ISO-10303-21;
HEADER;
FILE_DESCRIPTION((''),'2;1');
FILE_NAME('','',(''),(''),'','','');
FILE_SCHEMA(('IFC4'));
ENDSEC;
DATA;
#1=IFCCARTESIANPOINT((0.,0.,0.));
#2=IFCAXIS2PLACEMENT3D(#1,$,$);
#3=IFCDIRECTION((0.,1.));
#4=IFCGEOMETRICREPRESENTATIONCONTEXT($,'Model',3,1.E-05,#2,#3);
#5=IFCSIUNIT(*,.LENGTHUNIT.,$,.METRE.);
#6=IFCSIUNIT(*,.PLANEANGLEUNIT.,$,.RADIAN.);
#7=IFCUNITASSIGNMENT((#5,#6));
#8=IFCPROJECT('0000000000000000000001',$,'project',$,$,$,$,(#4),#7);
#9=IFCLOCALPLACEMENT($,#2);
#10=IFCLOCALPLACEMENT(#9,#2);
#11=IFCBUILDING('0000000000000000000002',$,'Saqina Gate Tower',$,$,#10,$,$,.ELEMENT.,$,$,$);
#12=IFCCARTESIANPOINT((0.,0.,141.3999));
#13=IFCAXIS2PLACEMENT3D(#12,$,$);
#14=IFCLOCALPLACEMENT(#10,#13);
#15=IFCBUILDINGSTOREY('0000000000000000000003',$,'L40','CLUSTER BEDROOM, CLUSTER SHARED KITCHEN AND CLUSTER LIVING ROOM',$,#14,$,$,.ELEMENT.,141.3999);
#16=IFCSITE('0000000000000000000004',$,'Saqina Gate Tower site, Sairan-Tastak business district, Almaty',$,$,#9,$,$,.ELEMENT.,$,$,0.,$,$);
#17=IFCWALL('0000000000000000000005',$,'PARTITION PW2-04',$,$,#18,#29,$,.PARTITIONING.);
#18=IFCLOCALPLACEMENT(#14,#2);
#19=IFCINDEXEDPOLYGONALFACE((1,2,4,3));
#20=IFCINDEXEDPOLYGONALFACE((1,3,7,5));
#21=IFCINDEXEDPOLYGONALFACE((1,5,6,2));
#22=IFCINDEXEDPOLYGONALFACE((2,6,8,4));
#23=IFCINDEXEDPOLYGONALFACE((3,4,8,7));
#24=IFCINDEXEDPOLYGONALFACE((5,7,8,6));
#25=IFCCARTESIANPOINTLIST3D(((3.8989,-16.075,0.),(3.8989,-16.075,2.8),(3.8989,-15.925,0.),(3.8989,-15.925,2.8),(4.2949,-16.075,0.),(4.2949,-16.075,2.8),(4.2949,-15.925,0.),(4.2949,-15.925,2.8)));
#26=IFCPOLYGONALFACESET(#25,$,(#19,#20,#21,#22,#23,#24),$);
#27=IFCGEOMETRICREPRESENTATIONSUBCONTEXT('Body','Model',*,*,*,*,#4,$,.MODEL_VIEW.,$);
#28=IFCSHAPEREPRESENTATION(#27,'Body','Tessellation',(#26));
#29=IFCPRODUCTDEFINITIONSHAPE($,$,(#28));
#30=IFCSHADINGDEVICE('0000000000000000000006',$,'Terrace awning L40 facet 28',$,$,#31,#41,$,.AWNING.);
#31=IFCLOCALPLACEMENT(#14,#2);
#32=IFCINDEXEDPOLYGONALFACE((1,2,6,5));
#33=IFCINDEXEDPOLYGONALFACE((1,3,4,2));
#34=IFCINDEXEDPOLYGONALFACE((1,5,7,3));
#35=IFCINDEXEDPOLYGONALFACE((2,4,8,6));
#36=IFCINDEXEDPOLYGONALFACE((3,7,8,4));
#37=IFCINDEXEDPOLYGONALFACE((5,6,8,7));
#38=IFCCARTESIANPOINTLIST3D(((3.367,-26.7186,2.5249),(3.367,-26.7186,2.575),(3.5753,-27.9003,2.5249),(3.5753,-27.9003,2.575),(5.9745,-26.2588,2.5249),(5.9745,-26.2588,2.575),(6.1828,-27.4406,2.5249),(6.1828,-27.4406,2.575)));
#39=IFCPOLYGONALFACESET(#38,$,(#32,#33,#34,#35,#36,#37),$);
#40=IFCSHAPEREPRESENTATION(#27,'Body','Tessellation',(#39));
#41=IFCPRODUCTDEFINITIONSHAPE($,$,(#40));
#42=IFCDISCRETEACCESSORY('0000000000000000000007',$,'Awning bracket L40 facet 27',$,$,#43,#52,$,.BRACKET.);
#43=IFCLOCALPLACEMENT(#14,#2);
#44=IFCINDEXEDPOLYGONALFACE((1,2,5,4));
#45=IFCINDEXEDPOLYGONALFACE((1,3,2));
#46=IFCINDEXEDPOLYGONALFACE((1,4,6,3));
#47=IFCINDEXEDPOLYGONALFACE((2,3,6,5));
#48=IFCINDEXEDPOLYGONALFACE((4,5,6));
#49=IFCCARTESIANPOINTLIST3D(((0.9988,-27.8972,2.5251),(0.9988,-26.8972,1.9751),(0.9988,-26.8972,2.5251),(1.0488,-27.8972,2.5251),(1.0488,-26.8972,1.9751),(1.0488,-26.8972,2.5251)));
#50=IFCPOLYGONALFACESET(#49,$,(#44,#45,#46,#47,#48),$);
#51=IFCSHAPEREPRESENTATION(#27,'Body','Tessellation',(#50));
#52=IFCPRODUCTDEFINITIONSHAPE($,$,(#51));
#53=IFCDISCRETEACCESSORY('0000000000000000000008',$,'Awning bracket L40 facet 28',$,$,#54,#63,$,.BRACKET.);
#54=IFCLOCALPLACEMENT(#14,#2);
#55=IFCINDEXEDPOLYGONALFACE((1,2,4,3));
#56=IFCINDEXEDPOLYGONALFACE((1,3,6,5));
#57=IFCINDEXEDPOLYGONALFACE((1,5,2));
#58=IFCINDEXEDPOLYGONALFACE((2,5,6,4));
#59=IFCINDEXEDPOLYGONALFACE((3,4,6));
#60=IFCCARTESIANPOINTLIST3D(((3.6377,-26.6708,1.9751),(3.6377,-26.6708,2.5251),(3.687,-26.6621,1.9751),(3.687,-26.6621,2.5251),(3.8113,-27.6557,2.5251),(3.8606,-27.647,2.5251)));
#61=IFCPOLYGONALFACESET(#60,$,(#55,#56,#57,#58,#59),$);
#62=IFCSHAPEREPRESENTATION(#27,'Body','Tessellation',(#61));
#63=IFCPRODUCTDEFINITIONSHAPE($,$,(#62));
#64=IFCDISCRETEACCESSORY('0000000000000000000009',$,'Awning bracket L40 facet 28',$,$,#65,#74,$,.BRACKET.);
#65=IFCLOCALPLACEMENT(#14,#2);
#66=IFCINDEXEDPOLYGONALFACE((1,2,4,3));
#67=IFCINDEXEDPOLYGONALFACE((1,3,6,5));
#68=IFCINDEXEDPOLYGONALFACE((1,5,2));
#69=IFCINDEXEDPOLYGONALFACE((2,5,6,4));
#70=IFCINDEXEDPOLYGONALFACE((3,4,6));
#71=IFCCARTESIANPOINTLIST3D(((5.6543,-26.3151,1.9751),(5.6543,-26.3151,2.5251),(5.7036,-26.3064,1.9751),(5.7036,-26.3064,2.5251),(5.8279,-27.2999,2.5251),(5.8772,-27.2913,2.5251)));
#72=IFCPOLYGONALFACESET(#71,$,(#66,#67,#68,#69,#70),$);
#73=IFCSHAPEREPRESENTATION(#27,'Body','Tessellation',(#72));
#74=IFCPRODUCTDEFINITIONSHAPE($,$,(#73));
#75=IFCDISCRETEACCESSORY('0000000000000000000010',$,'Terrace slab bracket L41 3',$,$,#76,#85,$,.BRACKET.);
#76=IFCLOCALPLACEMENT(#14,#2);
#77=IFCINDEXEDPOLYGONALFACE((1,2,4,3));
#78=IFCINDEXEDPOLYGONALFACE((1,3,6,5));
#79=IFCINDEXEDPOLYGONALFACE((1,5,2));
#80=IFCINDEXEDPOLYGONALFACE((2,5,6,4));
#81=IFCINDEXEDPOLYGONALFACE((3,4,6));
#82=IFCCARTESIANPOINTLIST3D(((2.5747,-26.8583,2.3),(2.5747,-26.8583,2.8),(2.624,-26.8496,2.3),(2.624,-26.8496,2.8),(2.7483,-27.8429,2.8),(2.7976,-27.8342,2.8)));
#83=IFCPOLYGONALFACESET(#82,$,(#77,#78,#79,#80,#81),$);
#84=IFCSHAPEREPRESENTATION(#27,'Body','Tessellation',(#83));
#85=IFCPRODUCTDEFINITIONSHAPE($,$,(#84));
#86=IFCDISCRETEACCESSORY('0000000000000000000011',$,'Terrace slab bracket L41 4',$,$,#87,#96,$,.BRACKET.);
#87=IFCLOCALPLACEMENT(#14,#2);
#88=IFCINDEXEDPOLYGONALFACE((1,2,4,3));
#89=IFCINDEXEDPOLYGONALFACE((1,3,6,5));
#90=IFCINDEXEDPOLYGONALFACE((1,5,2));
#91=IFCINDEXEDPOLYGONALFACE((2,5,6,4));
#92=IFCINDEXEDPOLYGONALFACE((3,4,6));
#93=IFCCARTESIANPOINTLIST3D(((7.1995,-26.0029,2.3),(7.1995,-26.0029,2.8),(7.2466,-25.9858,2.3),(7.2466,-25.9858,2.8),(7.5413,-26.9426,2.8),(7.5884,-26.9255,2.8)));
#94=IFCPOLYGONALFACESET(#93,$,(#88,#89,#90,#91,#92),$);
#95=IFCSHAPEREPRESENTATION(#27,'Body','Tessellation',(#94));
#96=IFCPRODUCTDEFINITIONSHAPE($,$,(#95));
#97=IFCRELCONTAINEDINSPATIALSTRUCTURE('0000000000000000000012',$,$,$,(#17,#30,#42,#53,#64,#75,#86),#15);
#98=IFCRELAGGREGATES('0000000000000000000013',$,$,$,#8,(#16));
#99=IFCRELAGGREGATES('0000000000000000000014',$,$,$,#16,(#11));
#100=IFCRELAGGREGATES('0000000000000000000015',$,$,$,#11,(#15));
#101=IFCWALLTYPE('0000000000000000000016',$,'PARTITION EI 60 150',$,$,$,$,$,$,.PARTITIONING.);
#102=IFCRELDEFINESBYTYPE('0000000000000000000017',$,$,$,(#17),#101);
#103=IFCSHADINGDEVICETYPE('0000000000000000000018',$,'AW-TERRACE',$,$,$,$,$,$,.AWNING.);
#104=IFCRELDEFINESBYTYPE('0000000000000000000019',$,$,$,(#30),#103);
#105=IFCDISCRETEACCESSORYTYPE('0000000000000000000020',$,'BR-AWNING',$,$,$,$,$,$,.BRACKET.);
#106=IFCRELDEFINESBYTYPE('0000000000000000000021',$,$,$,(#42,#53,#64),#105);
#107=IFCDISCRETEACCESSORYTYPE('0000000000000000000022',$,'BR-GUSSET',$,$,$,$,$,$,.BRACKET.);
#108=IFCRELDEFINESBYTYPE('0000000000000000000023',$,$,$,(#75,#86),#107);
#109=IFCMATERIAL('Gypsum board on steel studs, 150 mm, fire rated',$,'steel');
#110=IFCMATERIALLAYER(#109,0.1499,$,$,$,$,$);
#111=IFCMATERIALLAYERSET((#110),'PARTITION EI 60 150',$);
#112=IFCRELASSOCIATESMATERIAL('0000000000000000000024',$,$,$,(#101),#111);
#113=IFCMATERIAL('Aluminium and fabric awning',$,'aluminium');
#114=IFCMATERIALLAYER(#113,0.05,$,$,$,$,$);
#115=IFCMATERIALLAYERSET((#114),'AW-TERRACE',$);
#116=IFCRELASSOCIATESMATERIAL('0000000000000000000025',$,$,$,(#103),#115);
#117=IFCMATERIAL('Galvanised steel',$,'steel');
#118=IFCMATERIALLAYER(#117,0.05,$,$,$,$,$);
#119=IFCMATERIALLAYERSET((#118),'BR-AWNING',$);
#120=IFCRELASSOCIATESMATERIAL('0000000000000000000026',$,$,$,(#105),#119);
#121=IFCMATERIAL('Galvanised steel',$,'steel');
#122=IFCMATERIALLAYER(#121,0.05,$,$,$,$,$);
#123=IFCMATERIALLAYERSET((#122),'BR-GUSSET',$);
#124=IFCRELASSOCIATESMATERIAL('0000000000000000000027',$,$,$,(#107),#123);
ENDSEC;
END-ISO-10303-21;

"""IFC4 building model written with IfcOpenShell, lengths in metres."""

from ifc_helpers import new_model, si_unit, direction, frame, frame_2d, origin, origin_2d, place, context, subcontext, project, spatial, polyline, rectangle, outline, extrude, material, layer, layer_set, type_object, element, save


model = new_model("IFC4")

# Units and contexts
model_context = context("Model", 3, precision=1e-05, world=origin(), true_north=direction((0.0, 1.0)))
body_context = subcontext(model_context, "Body", "Model", "MODEL_VIEW")
ifc_project = project(units=[si_unit("LENGTHUNIT", "METRE"), si_unit("PLANEANGLEUNIT", "RADIAN")], contexts=[model_context])

# Site, building, storey
site_placement = place(None, origin())
site = spatial("IfcSite", under=ifc_project, at=site_placement, Name="Saqina Gate Tower site, Sairan-Tastak business district, Almaty", CompositionType="ELEMENT", RefElevation=0.0)
building_placement = place(site_placement, origin())
building = spatial("IfcBuilding", under=site, at=building_placement, Name="Saqina Gate Tower", CompositionType="ELEMENT")
storey_placement = place(building_placement, frame((0.0, 0.0, 141.3999)))
storey = spatial("IfcBuildingStorey", under=building, at=storey_placement, Name="L40", Description="CLUSTER BEDROOM, CLUSTER SHARED KITCHEN AND CLUSTER LIVING ROOM", CompositionType="ELEMENT", Elevation=141.3999)

# Wall
ifc_material_1 = material(Name="Gypsum board on steel studs, 150 mm, fire rated", Category="steel")
ifc_layer_1 = layer(ifc_material_1, 0.1499)
ifc_layer_set_1 = layer_set([ifc_layer_1], Name="PARTITION EI 60 150")
wall_type_1 = type_object("IfcWallType", Name="PARTITION EI 60 150", PredefinedType="PARTITIONING", material=ifc_layer_set_1)
wall_1_placement = place(storey_placement, frame((3.8989, -16.0, 0.0), z_axis=(0.0, 0.0, 1.0), x_axis=(1.0, 0.0, 0.0)))
element("IfcWall", 1, at=wall_1_placement, inside=storey, type_object=wall_type_1, Name="PARTITION PW2-04", PredefinedType="PARTITIONING", context=body_context, shape_type="SweptSolid", body=[
    extrude(rectangle(XDim=0.396, YDim=0.1499, at=frame_2d((0.198, 0.0))), origin(), (0.0, 0.0, 1.0), 2.8),
])

# Shading device
ifc_material_2 = material(Name="Aluminium and fabric awning", Category="aluminium")
ifc_layer_2 = layer(ifc_material_2, 0.05)
ifc_layer_set_2 = layer_set([ifc_layer_2], Name="AW-TERRACE")
shading_device_type = type_object("IfcShadingDeviceType", Name="AW-TERRACE", PredefinedType="AWNING", material=ifc_layer_set_2)
shading_device_placement = place(storey_placement, frame((4.7749, -27.0796, 2.5249), z_axis=(0.0, 0.0, 1.0), x_axis=(0.984808, 0.173648, 0.0)))
element("IfcShadingDevice", 2, at=shading_device_placement, inside=storey, type_object=shading_device_type, Name="Terrace awning L40 facet 28", PredefinedType="AWNING", context=body_context, shape_type="SweptSolid", body=[
    extrude(rectangle(XDim=2.6477, YDim=1.2, at=origin_2d()), origin(), (0.0, 0.0, 1.0), 0.05),
])

# Discrete accessories
ifc_material_3 = material(Name="Galvanised steel", Category="steel")
ifc_layer_3 = layer(ifc_material_3, 0.05)
ifc_layer_set_3 = layer_set([ifc_layer_3], Name="BR-AWNING")
discrete_accessory_type_1 = type_object("IfcDiscreteAccessoryType", Name="BR-AWNING", PredefinedType="BRACKET", material=ifc_layer_set_3)
discrete_accessory_1_placement = place(storey_placement, frame((1.0488, -26.8972, 1.9751), z_axis=(1.0, 0.0, 0.0), x_axis=(0.0, 0.0, 1.0)))
element("IfcDiscreteAccessory", 3, at=discrete_accessory_1_placement, inside=storey, type_object=discrete_accessory_type_1, Name="Awning bracket L40 facet 27", PredefinedType="BRACKET", context=body_context, shape_type="SweptSolid", body=[
    extrude(outline(polyline([(0.0, 0.0), (0.55, 0.0), (0.55, 1.0), (0.0, 0.0)])), origin(), (0.0, 0.0, -1.0), 0.05),
])
for number, where, z_axis, x_axis, name in (
    (4, (3.687, -26.6621, 1.9751), (0.98482, 0.173576, 0.0), (0.0, 0.0, 1.0), "Awning bracket L40 facet 28"),
    (5, (5.7036, -26.3064, 1.9751), (0.98482, 0.173576, 0.0), (0.0, 0.0, 1.0), "Awning bracket L40 facet 28"),
):
    element("IfcDiscreteAccessory", number, at=place(storey_placement, frame(where, z_axis=z_axis, x_axis=x_axis)), inside=storey, type_object=discrete_accessory_type_1, Name=name, PredefinedType="BRACKET", context=body_context, shape_type="SweptSolid", body=[
        extrude(outline(polyline([(0.0, 0.0), (0.55, 0.0), (0.55, 1.0), (0.0, 0.0)])), origin(), (0.0, 0.0, -1.0), 0.05),
    ])
ifc_material_4 = material(Name="Galvanised steel", Category="steel")
ifc_layer_4 = layer(ifc_material_4, 0.05)
ifc_layer_set_4 = layer_set([ifc_layer_4], Name="BR-GUSSET")
discrete_accessory_type_2 = type_object("IfcDiscreteAccessoryType", Name="BR-GUSSET", PredefinedType="BRACKET", material=ifc_layer_set_4)
discrete_accessory_2_placement = place(storey_placement, frame((2.624, -26.8496, 2.3), z_axis=(0.984813, 0.173618, 0.0), x_axis=(0.0, 0.0, 1.0)))
element("IfcDiscreteAccessory", 6, at=discrete_accessory_2_placement, inside=storey, type_object=discrete_accessory_type_2, Name="Terrace slab bracket L41 3", PredefinedType="BRACKET", context=body_context, shape_type="SweptSolid", body=[
    extrude(outline(polyline([(0.0, 0.0), (0.5, 0.0), (0.5, 0.9998), (0.0, 0.0)])), origin(), (0.0, 0.0, -1.0), 0.05),
])
discrete_accessory_3_placement = place(storey_placement, frame((7.2466, -25.9858, 2.3), z_axis=(0.939765, 0.341821, 0.0), x_axis=(0.0, 0.0, 1.0)))
element("IfcDiscreteAccessory", 7, at=discrete_accessory_3_placement, inside=storey, type_object=discrete_accessory_type_2, Name="Terrace slab bracket L41 4", PredefinedType="BRACKET", context=body_context, shape_type="SweptSolid", body=[
    extrude(outline(polyline([(0.0, 0.0), (0.5, 0.0), (0.5, 0.9999), (0.0, 0.0)])), origin(), (0.0, 0.0, -1.0), 0.05),
])

save(model, "model.ifc")
